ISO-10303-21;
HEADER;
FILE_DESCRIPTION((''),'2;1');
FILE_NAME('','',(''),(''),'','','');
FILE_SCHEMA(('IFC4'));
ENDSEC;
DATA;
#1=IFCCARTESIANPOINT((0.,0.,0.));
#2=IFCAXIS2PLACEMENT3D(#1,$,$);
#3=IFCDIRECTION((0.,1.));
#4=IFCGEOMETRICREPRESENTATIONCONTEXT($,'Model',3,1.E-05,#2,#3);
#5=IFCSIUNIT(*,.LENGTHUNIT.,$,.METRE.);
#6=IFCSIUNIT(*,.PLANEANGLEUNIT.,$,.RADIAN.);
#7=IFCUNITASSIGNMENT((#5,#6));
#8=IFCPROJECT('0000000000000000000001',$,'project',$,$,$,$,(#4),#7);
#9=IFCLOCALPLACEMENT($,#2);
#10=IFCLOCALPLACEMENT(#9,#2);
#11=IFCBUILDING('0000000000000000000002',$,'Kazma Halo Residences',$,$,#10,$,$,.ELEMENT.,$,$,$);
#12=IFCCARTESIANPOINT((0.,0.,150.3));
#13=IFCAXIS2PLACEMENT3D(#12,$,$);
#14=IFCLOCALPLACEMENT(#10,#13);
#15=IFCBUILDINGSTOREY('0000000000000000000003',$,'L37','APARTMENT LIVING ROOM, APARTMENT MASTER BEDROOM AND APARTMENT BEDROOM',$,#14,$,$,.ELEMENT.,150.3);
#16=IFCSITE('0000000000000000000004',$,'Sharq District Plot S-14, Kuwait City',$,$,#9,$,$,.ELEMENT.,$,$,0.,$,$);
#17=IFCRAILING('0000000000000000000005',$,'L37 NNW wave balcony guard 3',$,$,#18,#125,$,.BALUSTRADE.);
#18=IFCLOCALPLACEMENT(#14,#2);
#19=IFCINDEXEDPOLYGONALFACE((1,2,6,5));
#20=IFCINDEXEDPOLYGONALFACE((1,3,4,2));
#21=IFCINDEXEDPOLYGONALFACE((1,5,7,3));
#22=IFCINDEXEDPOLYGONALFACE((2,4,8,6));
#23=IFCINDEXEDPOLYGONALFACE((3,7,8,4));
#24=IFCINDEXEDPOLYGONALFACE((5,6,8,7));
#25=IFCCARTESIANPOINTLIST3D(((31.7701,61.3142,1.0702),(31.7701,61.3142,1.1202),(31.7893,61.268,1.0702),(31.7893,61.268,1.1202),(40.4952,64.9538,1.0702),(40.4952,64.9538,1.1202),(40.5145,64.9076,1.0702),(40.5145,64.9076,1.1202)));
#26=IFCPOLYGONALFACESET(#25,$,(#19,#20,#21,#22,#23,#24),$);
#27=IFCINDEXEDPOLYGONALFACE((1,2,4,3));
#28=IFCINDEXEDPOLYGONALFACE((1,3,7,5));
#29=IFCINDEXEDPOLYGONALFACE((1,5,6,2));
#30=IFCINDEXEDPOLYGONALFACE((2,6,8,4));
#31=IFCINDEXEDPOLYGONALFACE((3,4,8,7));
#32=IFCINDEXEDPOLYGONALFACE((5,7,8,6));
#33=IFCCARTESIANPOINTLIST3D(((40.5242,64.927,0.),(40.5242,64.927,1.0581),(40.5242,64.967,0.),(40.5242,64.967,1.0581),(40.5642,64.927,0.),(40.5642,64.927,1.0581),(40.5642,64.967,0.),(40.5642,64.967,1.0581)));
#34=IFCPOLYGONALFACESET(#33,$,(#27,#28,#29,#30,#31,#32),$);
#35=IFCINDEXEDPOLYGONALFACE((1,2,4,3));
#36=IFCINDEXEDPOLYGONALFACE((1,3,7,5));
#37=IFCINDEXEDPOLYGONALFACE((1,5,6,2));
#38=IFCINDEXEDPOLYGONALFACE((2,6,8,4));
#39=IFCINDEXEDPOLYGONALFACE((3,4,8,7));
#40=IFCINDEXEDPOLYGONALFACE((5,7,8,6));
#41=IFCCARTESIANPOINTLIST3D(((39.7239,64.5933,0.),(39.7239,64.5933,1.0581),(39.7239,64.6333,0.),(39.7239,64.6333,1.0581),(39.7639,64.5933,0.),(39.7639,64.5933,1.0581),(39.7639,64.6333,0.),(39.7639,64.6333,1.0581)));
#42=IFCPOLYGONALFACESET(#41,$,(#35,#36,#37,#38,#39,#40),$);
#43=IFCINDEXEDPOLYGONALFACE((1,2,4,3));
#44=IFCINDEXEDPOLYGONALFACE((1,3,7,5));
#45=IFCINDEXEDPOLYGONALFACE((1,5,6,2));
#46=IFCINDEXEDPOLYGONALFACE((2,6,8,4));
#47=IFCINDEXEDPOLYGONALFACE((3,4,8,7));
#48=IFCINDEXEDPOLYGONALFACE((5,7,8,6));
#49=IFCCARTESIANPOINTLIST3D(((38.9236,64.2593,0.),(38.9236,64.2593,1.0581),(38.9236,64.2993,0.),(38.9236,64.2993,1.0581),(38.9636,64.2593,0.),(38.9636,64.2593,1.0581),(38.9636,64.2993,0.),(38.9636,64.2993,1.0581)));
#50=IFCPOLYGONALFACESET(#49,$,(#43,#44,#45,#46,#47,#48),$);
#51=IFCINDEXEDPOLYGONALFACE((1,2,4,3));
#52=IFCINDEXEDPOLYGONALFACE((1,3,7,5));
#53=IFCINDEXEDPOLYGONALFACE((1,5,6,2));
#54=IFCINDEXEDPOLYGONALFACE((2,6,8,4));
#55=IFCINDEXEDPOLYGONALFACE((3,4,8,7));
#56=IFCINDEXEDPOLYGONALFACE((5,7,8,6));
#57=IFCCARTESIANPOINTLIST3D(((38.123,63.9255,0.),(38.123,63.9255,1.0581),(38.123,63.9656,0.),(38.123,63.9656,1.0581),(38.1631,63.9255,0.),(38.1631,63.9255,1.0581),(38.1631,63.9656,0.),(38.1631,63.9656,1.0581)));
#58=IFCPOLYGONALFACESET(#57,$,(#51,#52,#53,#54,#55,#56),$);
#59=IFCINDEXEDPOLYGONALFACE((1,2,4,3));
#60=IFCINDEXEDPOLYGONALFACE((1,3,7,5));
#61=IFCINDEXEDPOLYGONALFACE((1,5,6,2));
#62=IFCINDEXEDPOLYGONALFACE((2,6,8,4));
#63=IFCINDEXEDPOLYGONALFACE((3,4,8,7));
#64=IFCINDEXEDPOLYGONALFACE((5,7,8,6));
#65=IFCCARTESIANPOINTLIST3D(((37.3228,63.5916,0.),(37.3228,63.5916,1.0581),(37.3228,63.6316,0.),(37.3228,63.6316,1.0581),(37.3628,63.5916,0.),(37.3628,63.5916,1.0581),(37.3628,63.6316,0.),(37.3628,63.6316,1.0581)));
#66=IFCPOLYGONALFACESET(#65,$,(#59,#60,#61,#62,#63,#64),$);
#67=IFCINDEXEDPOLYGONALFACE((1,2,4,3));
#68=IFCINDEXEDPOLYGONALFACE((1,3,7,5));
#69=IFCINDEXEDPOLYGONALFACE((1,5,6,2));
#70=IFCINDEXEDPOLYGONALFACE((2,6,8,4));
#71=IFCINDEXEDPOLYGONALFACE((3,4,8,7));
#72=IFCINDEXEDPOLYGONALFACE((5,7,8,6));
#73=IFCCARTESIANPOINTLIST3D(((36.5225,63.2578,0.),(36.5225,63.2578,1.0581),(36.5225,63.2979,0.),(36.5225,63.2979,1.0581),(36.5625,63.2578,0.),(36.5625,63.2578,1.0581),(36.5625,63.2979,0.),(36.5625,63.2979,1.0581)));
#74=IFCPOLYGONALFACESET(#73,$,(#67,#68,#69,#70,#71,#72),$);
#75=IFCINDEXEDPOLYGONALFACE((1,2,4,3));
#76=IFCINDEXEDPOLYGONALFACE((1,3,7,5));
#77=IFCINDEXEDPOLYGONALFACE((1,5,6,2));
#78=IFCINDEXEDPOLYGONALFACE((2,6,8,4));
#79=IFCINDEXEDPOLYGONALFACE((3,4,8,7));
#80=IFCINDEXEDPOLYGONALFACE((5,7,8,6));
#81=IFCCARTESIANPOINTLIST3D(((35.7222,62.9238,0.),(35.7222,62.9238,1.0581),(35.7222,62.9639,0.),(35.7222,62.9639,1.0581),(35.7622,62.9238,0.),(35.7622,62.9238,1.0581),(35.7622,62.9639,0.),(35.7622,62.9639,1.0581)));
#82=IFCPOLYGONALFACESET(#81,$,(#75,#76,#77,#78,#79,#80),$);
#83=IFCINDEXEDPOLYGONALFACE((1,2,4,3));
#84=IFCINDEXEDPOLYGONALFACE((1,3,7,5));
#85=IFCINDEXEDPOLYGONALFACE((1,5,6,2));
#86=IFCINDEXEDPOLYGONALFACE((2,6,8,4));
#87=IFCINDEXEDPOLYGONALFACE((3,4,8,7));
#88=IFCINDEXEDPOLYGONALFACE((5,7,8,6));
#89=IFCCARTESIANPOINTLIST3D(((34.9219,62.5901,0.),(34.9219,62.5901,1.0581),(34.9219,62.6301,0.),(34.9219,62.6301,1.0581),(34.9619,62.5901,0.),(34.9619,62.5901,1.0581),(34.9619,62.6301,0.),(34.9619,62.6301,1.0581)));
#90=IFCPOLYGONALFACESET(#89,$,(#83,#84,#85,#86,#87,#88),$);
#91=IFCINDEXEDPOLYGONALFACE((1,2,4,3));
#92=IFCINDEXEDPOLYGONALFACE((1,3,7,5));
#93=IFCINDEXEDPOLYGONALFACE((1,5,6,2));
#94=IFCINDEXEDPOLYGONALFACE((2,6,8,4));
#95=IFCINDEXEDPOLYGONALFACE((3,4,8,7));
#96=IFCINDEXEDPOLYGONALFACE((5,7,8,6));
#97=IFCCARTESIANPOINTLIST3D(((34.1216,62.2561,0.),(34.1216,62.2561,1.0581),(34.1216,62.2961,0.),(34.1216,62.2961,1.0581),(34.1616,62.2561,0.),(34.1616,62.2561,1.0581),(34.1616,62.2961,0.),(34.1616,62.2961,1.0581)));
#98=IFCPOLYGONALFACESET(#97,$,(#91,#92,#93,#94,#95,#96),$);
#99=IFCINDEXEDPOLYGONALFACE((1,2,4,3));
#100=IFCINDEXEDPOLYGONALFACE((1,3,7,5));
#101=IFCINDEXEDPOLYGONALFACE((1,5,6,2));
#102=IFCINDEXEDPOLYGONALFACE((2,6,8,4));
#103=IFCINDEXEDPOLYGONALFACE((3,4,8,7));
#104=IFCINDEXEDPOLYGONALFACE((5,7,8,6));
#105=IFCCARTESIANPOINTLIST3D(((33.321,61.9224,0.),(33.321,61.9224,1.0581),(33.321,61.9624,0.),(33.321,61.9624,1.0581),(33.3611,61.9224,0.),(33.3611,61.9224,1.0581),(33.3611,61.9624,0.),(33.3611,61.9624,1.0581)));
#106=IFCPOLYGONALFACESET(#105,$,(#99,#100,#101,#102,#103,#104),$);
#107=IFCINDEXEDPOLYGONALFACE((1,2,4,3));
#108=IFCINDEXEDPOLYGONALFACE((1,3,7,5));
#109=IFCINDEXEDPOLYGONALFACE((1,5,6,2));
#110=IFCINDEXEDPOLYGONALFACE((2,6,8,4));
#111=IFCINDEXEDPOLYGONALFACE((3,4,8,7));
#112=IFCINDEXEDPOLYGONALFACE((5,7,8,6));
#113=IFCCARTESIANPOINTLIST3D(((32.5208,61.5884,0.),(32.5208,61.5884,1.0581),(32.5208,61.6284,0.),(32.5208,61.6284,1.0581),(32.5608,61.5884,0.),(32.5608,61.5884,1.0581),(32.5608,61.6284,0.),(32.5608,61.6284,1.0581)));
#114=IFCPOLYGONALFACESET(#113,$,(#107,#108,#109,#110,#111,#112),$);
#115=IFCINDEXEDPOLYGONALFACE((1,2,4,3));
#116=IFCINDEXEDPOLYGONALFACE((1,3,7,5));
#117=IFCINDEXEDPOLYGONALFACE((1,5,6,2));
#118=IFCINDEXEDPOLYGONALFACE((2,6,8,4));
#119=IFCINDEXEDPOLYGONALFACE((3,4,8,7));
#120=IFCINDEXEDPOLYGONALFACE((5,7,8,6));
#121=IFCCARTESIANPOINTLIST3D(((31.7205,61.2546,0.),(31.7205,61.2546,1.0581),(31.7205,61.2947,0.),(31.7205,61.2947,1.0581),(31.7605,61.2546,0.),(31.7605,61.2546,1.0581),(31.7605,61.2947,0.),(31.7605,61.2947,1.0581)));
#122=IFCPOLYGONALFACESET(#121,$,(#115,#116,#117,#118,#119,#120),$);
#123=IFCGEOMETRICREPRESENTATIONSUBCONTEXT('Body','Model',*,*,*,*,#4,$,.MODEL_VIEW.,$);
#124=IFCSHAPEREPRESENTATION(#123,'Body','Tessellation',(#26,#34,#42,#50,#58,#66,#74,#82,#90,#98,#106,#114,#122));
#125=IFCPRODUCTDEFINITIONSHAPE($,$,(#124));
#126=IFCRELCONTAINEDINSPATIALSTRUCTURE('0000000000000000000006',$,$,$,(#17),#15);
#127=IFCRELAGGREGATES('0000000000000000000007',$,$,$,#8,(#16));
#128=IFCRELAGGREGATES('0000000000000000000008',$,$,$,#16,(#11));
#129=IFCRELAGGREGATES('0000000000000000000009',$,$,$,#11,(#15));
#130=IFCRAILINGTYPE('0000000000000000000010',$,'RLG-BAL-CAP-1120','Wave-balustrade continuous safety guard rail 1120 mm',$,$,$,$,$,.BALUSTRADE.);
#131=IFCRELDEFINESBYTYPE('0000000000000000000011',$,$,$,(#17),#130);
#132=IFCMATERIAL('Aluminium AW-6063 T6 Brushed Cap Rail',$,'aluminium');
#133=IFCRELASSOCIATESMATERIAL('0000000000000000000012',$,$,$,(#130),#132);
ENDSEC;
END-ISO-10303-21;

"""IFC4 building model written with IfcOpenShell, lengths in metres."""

from ifc_helpers import new_model, si_unit, direction, frame, origin, origin_2d, place, context, subcontext, project, spatial, rectangle, extrude, material, type_object, element, save


model = new_model("IFC4")

# Units and contexts
model_context = context("Model", 3, precision=1e-05, world=origin(), true_north=direction((0.0, 1.0)))
body_context = subcontext(model_context, "Body", "Model", "MODEL_VIEW")
ifc_project = project(units=[si_unit("LENGTHUNIT", "METRE"), si_unit("PLANEANGLEUNIT", "RADIAN")], contexts=[model_context])

# Site, building, storey
site_placement = place(None, origin())
site = spatial("IfcSite", under=ifc_project, at=site_placement, Name="Sharq District Plot S-14, Kuwait City", CompositionType="ELEMENT", RefElevation=0.0)
building_placement = place(site_placement, origin())
building = spatial("IfcBuilding", under=site, at=building_placement, Name="Kazma Halo Residences", CompositionType="ELEMENT")
storey_placement = place(building_placement, frame((0.0, 0.0, 150.3)))
storey = spatial("IfcBuildingStorey", under=building, at=storey_placement, Name="L37", Description="APARTMENT LIVING ROOM, APARTMENT MASTER BEDROOM AND APARTMENT BEDROOM", CompositionType="ELEMENT", Elevation=150.3)

# Railing
ifc_material_1 = material(Name="Aluminium AW-6063 T6 Brushed Cap Rail", Category="aluminium")
railing_type = type_object("IfcRailingType", Name="RLG-BAL-CAP-1120", Description="Wave-balustrade continuous safety guard rail 1120 mm", PredefinedType="BALUSTRADE", material=ifc_material_1)
railing_placement = place(storey_placement, frame((40.5442, 64.947, 0.0)))
element("IfcRailing", 1, at=railing_placement, inside=storey, type_object=railing_type, Name="L37 NNW wave balcony guard 3", PredefinedType="BALUSTRADE", context=body_context, shape_type="SweptSolid", body=[
    extrude(rectangle(XDim=0.05, YDim=0.05, at=origin_2d()), frame((-0.0393, -0.0164, 1.0952), z_axis=(-0.922922, -0.384986, 0.0), x_axis=(0.384986, -0.922922, 0.0)), (0.0, 0.0, 1.0), 9.4539),
    extrude(rectangle(XDim=0.04, YDim=0.04, at=origin_2d()), origin(), (0.0, 0.0, 1.0), 1.0581),
    extrude(rectangle(XDim=0.04, YDim=0.04, at=origin_2d()), frame((-0.8003, -0.3337, 0.0)), (0.0, 0.0, 1.0), 1.0581),
    extrude(rectangle(XDim=0.04, YDim=0.04, at=origin_2d()), frame((-1.6006, -0.6677, 0.0)), (0.0, 0.0, 1.0), 1.0581),
    extrude(rectangle(XDim=0.04, YDim=0.04, at=origin_2d()), frame((-2.4011, -1.0015, 0.0)), (0.0, 0.0, 1.0), 1.0581),
    extrude(rectangle(XDim=0.04, YDim=0.04, at=origin_2d()), frame((-3.2014, -1.3354, 0.0)), (0.0, 0.0, 1.0), 1.0581),
    extrude(rectangle(XDim=0.04, YDim=0.04, at=origin_2d()), frame((-4.0017, -1.6692, 0.0)), (0.0, 0.0, 1.0), 1.0581),
    extrude(rectangle(XDim=0.04, YDim=0.04, at=origin_2d()), frame((-4.802, -2.0032, 0.0)), (0.0, 0.0, 1.0), 1.0581),
    extrude(rectangle(XDim=0.04, YDim=0.04, at=origin_2d()), frame((-5.6023, -2.3369, 0.0)), (0.0, 0.0, 1.0), 1.0581),
    extrude(rectangle(XDim=0.04, YDim=0.04, at=origin_2d()), frame((-6.4026, -2.6709, 0.0)), (0.0, 0.0, 1.0), 1.0581),
    extrude(rectangle(XDim=0.04, YDim=0.04, at=origin_2d()), frame((-7.2031, -3.0046, 0.0)), (0.0, 0.0, 1.0), 1.0581),
    extrude(rectangle(XDim=0.04, YDim=0.04, at=origin_2d()), frame((-8.0034, -3.3386, 0.0)), (0.0, 0.0, 1.0), 1.0581),
    extrude(rectangle(XDim=0.04, YDim=0.04, at=origin_2d()), frame((-8.8037, -3.6724, 0.0)), (0.0, 0.0, 1.0), 1.0581),
])

save(model, "model.ifc")
